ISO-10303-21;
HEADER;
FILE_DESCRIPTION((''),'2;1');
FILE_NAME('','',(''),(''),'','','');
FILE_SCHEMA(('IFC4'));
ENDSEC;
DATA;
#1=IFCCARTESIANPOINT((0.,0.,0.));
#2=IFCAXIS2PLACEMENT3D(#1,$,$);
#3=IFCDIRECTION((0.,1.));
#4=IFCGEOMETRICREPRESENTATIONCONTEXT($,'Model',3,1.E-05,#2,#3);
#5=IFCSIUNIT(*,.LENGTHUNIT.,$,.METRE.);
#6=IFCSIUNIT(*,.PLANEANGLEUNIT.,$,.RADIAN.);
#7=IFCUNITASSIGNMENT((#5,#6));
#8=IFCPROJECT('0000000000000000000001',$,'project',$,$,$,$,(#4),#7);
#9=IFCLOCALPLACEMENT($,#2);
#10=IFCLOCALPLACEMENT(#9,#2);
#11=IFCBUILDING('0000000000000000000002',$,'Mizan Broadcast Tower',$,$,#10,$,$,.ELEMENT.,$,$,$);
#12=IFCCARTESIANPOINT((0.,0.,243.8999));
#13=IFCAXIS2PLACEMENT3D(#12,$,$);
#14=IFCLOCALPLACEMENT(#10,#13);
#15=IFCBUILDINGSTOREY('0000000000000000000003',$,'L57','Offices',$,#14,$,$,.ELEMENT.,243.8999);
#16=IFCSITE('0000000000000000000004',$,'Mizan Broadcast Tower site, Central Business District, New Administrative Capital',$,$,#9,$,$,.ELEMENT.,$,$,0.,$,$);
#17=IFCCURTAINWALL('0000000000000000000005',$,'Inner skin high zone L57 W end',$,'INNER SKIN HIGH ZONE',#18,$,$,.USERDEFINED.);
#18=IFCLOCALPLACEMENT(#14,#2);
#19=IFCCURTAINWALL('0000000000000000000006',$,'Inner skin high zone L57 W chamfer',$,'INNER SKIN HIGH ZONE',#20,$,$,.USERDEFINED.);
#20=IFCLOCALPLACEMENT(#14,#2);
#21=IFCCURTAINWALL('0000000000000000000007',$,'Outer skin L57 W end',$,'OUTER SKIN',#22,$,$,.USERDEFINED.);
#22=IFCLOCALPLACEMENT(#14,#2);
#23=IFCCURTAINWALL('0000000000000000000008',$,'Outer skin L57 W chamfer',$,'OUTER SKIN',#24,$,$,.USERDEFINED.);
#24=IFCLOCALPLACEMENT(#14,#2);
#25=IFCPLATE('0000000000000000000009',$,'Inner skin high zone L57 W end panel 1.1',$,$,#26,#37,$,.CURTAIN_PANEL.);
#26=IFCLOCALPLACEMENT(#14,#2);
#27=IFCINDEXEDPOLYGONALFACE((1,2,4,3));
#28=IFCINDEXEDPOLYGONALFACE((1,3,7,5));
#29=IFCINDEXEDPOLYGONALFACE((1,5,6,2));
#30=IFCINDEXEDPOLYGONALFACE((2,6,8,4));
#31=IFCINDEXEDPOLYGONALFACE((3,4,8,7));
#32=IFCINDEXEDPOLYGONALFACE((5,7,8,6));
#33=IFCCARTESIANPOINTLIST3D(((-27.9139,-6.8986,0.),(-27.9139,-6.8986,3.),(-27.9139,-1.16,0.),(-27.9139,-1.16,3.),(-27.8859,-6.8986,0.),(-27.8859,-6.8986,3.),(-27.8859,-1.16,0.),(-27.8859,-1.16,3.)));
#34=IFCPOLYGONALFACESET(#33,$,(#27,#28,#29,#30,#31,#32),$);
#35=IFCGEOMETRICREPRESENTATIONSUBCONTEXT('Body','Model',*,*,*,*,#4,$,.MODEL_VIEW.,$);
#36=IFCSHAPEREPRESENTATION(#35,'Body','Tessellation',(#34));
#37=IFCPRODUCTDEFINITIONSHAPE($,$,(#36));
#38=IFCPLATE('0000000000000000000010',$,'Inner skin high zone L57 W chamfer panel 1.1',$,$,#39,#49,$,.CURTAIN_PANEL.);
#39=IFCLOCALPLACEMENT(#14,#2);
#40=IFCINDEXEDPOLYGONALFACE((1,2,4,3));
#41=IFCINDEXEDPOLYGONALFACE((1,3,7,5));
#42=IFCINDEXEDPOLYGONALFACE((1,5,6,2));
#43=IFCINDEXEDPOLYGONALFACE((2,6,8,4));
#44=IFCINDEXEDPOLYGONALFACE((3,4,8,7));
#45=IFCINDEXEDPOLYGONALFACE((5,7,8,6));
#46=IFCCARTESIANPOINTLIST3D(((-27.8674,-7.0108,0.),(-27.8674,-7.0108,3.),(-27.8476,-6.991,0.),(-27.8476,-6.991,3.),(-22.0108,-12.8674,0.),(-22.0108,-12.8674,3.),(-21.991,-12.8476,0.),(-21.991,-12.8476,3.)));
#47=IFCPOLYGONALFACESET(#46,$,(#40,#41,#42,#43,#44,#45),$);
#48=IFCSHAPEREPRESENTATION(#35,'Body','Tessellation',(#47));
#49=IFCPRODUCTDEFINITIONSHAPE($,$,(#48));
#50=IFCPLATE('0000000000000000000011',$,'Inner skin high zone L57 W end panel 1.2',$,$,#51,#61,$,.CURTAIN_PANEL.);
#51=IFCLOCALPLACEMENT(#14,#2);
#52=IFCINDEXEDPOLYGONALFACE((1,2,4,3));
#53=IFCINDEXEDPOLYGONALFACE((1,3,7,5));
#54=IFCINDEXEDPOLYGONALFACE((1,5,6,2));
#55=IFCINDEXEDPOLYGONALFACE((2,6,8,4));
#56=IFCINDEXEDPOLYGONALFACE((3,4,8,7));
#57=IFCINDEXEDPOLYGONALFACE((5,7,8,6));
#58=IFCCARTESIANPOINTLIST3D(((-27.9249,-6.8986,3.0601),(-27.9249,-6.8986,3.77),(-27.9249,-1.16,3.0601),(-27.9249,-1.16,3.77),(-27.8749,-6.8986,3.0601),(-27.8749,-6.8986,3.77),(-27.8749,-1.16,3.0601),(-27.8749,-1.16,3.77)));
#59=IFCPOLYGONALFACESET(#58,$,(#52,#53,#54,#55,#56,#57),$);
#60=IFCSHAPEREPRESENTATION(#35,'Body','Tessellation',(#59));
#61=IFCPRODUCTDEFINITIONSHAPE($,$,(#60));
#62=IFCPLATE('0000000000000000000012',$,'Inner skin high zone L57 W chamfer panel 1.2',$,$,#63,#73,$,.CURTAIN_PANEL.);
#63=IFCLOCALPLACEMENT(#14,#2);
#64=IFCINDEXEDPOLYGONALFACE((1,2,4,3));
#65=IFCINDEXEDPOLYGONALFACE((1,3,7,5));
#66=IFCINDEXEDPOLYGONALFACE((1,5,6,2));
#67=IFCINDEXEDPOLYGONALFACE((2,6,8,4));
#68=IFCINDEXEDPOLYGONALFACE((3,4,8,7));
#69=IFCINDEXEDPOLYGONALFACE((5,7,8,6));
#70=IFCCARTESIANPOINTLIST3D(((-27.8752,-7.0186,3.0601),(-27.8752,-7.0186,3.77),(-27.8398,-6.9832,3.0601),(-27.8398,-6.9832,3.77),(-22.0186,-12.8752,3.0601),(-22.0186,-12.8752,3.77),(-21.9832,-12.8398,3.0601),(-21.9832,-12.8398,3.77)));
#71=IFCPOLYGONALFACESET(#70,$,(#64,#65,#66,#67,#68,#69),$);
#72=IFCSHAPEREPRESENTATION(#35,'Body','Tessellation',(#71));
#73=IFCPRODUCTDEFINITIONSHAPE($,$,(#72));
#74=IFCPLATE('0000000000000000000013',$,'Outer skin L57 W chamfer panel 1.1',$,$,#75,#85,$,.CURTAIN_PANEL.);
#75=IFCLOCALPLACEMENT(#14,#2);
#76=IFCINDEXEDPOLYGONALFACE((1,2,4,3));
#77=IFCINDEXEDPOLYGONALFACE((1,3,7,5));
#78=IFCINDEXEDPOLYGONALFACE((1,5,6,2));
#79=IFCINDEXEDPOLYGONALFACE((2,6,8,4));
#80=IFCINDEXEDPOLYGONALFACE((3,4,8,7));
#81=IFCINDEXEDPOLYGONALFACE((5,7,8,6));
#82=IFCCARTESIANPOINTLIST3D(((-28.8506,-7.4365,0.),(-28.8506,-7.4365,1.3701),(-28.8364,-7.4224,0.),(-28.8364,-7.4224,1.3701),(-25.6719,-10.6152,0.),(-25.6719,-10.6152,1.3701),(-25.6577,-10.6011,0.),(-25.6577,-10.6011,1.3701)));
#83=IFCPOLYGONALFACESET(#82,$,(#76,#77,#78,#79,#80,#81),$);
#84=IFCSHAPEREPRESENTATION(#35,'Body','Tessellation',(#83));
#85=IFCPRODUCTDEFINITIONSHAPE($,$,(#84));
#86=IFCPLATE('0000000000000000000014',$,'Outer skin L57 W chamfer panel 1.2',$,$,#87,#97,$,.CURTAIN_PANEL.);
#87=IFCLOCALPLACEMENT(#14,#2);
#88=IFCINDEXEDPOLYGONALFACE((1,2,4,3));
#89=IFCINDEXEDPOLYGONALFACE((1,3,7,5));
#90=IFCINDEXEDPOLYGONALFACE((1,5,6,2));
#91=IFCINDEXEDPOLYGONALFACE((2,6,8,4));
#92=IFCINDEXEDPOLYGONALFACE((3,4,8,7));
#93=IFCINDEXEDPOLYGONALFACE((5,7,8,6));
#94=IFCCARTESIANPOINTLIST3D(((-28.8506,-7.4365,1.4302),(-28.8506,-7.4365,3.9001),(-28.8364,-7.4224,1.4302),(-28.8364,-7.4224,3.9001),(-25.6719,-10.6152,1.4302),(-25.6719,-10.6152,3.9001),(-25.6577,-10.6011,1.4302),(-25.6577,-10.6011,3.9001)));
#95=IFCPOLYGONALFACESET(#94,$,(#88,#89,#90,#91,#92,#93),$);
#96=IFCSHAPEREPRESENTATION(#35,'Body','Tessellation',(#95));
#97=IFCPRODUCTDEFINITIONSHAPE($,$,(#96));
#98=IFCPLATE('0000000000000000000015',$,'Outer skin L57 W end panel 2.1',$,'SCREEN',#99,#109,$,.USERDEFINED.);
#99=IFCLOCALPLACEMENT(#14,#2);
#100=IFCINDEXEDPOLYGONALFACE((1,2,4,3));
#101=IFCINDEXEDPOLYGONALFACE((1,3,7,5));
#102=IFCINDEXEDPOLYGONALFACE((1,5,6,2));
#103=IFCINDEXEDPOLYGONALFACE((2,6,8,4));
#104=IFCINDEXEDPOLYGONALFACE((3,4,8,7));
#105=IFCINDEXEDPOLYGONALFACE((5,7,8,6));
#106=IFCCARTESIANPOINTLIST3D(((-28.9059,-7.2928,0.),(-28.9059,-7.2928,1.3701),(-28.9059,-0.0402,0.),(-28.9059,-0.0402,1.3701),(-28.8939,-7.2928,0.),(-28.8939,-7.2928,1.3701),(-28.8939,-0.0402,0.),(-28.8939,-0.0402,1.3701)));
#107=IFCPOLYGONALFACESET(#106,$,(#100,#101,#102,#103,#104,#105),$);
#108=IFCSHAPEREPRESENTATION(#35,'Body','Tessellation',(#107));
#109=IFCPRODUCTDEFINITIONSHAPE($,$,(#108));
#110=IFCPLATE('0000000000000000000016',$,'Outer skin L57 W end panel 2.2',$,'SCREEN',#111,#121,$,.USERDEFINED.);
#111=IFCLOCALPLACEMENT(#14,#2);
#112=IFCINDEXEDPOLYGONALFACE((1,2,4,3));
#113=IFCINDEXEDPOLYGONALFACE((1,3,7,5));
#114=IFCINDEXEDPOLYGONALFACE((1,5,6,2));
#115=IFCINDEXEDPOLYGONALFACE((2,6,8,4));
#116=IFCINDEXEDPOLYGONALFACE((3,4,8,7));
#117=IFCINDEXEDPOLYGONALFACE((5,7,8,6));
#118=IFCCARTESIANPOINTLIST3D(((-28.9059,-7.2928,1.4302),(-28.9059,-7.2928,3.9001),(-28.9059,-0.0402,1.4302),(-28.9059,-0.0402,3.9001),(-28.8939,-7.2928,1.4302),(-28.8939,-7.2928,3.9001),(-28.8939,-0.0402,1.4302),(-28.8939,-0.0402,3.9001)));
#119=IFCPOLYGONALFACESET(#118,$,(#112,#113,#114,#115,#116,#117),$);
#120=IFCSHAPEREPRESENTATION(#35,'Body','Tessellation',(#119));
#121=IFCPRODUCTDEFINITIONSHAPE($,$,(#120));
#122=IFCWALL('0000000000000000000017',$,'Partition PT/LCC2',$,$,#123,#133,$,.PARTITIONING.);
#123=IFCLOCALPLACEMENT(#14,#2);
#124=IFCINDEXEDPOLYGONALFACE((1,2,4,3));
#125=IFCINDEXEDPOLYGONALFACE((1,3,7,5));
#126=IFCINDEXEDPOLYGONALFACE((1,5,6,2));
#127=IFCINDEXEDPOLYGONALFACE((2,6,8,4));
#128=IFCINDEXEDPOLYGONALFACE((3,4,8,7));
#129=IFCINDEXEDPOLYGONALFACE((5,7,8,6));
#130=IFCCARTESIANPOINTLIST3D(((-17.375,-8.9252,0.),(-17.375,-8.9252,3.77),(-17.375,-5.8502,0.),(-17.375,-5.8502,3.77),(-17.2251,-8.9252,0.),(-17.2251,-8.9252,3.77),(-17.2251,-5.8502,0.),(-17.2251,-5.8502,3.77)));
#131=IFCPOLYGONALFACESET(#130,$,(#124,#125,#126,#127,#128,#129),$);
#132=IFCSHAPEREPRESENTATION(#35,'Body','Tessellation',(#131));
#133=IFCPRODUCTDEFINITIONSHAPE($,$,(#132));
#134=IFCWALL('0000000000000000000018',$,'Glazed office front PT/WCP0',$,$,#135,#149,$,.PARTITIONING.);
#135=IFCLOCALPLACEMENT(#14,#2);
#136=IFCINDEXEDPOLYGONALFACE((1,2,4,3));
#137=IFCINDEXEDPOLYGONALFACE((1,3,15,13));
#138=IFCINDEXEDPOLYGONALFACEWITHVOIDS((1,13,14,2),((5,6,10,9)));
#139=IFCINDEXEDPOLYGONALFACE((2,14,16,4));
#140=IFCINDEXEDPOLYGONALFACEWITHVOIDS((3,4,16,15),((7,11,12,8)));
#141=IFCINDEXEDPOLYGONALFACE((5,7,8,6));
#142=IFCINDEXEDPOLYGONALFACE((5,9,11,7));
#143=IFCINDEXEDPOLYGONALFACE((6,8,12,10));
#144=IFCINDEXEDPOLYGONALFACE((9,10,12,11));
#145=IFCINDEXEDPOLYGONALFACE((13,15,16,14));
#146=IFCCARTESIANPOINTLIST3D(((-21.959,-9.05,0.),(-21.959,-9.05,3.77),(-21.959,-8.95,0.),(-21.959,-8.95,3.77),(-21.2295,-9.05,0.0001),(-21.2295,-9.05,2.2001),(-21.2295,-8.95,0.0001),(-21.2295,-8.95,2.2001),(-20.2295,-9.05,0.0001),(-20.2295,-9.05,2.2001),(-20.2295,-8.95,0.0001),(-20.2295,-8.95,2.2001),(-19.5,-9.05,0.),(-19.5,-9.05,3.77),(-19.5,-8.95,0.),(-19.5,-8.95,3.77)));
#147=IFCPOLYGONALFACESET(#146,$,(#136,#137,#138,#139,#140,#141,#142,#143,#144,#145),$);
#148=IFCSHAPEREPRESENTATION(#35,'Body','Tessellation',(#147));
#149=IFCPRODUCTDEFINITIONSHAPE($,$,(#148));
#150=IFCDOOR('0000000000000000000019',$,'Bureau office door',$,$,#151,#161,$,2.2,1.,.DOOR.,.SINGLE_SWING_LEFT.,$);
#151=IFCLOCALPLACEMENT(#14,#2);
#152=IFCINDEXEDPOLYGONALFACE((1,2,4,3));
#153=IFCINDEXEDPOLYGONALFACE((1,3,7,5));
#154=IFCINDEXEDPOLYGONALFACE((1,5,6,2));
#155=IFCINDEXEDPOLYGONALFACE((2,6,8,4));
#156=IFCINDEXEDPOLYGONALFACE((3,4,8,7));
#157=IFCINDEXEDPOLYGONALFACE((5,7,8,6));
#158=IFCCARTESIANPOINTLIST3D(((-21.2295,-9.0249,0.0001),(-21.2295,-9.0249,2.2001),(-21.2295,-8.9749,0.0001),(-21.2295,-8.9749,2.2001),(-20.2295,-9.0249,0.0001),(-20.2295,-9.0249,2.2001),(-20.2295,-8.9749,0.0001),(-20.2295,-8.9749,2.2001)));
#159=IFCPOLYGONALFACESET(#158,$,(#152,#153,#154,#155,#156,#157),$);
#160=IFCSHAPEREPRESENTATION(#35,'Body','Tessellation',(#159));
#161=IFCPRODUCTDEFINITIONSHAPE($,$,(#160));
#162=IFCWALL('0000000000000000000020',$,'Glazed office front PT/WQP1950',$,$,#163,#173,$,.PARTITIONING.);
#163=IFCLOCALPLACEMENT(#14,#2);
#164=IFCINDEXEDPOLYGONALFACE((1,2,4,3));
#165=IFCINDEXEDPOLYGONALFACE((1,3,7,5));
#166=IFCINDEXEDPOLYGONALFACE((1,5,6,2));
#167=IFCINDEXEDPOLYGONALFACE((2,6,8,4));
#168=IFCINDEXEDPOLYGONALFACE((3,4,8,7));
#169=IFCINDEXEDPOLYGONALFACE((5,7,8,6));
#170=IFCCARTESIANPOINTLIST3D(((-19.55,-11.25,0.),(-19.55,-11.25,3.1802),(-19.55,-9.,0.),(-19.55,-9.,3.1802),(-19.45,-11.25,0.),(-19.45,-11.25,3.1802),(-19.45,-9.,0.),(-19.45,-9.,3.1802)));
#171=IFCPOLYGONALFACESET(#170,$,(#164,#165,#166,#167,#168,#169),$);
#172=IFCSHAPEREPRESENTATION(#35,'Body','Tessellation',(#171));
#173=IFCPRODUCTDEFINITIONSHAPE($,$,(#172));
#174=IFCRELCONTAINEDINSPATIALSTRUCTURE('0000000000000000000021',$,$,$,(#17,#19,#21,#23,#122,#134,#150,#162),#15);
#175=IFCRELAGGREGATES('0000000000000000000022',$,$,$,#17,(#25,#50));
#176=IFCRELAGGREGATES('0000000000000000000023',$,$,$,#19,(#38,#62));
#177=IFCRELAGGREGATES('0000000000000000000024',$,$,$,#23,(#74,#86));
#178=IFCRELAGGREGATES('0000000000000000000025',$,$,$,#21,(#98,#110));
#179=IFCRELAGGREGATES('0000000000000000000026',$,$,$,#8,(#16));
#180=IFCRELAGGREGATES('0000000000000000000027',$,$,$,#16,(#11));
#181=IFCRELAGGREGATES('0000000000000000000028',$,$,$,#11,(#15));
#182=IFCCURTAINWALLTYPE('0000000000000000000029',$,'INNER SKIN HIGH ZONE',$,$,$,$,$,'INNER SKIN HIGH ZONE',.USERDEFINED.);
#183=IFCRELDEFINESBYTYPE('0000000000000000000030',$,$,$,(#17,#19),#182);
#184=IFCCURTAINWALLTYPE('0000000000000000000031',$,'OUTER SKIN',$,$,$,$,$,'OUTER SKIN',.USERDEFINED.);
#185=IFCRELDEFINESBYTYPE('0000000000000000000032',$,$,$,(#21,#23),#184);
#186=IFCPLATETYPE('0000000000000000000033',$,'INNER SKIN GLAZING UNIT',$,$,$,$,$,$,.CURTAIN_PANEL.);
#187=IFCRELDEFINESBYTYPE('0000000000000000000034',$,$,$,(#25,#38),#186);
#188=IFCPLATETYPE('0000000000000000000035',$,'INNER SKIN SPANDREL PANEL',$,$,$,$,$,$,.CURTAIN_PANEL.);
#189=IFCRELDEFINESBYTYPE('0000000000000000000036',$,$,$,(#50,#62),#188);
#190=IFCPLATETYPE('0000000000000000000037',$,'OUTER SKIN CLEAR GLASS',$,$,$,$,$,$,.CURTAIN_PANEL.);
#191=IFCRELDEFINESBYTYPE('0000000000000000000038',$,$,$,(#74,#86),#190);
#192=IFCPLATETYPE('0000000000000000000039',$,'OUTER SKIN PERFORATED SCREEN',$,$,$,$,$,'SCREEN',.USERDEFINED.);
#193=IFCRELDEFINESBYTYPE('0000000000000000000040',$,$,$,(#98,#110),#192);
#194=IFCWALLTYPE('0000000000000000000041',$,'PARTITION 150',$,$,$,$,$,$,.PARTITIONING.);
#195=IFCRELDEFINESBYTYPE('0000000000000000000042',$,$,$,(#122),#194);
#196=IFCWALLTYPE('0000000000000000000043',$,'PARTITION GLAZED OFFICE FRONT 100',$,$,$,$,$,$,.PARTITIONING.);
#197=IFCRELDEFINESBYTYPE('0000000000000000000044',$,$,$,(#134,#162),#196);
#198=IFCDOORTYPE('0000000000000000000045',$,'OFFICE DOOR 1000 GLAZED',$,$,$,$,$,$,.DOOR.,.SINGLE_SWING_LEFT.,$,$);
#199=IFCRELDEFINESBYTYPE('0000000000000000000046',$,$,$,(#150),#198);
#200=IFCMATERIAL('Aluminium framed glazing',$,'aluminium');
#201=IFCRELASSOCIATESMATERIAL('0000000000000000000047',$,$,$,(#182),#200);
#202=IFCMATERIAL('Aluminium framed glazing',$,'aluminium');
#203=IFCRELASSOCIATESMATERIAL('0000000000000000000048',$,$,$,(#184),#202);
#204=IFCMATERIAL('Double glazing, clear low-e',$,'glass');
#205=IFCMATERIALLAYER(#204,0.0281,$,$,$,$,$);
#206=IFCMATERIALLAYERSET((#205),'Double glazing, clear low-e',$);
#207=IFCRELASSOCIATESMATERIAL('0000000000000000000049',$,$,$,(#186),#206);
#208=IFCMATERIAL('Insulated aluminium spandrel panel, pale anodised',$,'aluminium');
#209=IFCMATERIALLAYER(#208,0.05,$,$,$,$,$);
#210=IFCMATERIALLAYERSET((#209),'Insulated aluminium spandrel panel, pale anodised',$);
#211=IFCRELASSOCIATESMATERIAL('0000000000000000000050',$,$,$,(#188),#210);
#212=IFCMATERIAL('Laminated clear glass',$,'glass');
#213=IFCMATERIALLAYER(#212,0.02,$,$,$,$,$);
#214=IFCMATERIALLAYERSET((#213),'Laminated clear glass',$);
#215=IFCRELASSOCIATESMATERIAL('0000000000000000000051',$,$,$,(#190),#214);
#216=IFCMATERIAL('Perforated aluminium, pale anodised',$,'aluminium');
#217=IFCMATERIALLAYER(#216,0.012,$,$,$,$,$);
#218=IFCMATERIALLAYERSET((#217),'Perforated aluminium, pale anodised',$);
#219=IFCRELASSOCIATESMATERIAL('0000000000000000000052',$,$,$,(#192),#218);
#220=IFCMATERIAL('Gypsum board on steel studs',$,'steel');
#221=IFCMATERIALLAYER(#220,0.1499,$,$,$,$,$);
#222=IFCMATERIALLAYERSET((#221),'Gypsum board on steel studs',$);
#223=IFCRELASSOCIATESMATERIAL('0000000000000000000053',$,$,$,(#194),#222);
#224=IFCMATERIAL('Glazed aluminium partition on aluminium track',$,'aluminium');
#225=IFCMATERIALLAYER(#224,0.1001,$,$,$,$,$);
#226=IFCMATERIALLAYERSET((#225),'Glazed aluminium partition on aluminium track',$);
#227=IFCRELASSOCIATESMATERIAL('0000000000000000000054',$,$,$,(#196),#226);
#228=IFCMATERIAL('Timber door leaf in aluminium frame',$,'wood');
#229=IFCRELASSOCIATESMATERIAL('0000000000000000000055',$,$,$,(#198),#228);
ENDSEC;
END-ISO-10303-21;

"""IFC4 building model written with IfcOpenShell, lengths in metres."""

from ifc_helpers import new_model, si_unit, direction, frame, frame_2d, origin, origin_2d, place, context, subcontext, project, spatial, rectangle, extrude, material, layer, layer_set, type_object, element, fill, aggregate, save


model = new_model("IFC4")

# Units and contexts
model_context = context("Model", 3, precision=1e-05, world=origin(), true_north=direction((0.0, 1.0)))
body_context = subcontext(model_context, "Body", "Model", "MODEL_VIEW")
ifc_project = project(units=[si_unit("LENGTHUNIT", "METRE"), si_unit("PLANEANGLEUNIT", "RADIAN")], contexts=[model_context])

# Site, building, storey
site_placement = place(None, origin())
site = spatial("IfcSite", under=ifc_project, at=site_placement, Name="Mizan Broadcast Tower site, Central Business District, New Administrative Capital", CompositionType="ELEMENT", RefElevation=0.0)
building_placement = place(site_placement, origin())
building = spatial("IfcBuilding", under=site, at=building_placement, Name="Mizan Broadcast Tower", CompositionType="ELEMENT")
storey_placement = place(building_placement, frame((0.0, 0.0, 243.8999)))
storey = spatial("IfcBuildingStorey", under=building, at=storey_placement, Name="L57", Description="Offices", CompositionType="ELEMENT", Elevation=243.8999)

# Curtain wall
ifc_material_1 = material(Name="Aluminium framed glazing", Category="aluminium")
curtain_wall_type_1 = type_object("IfcCurtainWallType", Name="INNER SKIN HIGH ZONE", ElementType="INNER SKIN HIGH ZONE", PredefinedType="USERDEFINED", material=ifc_material_1)
curtain_wall_1_placement = place(storey_placement, origin())
curtain_wall_1 = element("IfcCurtainWall", 1, at=curtain_wall_1_placement, inside=storey, type_object=curtain_wall_type_1, Name="Inner skin high zone L57 W end", ObjectType="INNER SKIN HIGH ZONE", PredefinedType="USERDEFINED")

# Curtain wall
curtain_wall_2_placement = place(storey_placement, origin())
curtain_wall_2 = element("IfcCurtainWall", 2, at=curtain_wall_2_placement, inside=storey, type_object=curtain_wall_type_1, Name="Inner skin high zone L57 W chamfer", ObjectType="INNER SKIN HIGH ZONE", PredefinedType="USERDEFINED")

# Curtain wall
ifc_material_2 = material(Name="Aluminium framed glazing", Category="aluminium")
curtain_wall_type_2 = type_object("IfcCurtainWallType", Name="OUTER SKIN", ElementType="OUTER SKIN", PredefinedType="USERDEFINED", material=ifc_material_2)
curtain_wall_3_placement = place(storey_placement, origin())
curtain_wall_3 = element("IfcCurtainWall", 3, at=curtain_wall_3_placement, inside=storey, type_object=curtain_wall_type_2, Name="Outer skin L57 W end", ObjectType="OUTER SKIN", PredefinedType="USERDEFINED")

# Curtain wall
curtain_wall_4_placement = place(storey_placement, origin())
curtain_wall_4 = element("IfcCurtainWall", 4, at=curtain_wall_4_placement, inside=storey, type_object=curtain_wall_type_2, Name="Outer skin L57 W chamfer", ObjectType="OUTER SKIN", PredefinedType="USERDEFINED")

# Plates
ifc_material_3 = material(Name="Double glazing, clear low-e", Category="glass")
ifc_layer_1 = layer(ifc_material_3, 0.0281)
ifc_layer_set_1 = layer_set([ifc_layer_1], Name="Double glazing, clear low-e")
plate_type_1 = type_object("IfcPlateType", Name="INNER SKIN GLAZING UNIT", PredefinedType="CURTAIN_PANEL", material=ifc_layer_set_1)
plate_1_placement = place(storey_placement, frame((-27.8999, -4.0293, 0.0), z_axis=(0.0, 0.0, 1.0), x_axis=(0.0, -1.0, 0.0)))
plate_1 = element("IfcPlate", 5, at=plate_1_placement, type_object=plate_type_1, Name="Inner skin high zone L57 W end panel 1.1", PredefinedType="CURTAIN_PANEL", context=body_context, shape_type="SweptSolid", body=[
    extrude(rectangle(XDim=5.7385, YDim=0.0281, at=origin_2d()), origin(), (0.0, 0.0, 1.0), 3.0),
])
plate_2_placement = place(storey_placement, frame((-24.9292, -9.9292, 0.0), z_axis=(0.0, 0.0, 1.0), x_axis=(0.707107, -0.707107, 0.0)))
plate_2 = element("IfcPlate", 6, at=plate_2_placement, type_object=plate_type_1, Name="Inner skin high zone L57 W chamfer panel 1.1", PredefinedType="CURTAIN_PANEL", context=body_context, shape_type="SweptSolid", body=[
    extrude(rectangle(XDim=8.2825, YDim=0.0281, at=origin_2d()), origin(), (0.0, 0.0, 1.0), 3.0),
])
ifc_material_4 = material(Name="Insulated aluminium spandrel panel, pale anodised", Category="aluminium")
ifc_layer_2 = layer(ifc_material_4, 0.05)
ifc_layer_set_2 = layer_set([ifc_layer_2], Name="Insulated aluminium spandrel panel, pale anodised")
plate_type_2 = type_object("IfcPlateType", Name="INNER SKIN SPANDREL PANEL", PredefinedType="CURTAIN_PANEL", material=ifc_layer_set_2)
plate_3_placement = place(storey_placement, frame((-27.8999, -4.0293, 3.0601), z_axis=(0.0, 0.0, 1.0), x_axis=(0.0, -1.0, 0.0)))
plate_3 = element("IfcPlate", 7, at=plate_3_placement, type_object=plate_type_2, Name="Inner skin high zone L57 W end panel 1.2", PredefinedType="CURTAIN_PANEL", context=body_context, shape_type="SweptSolid", body=[
    extrude(rectangle(XDim=5.7385, YDim=0.05, at=origin_2d()), origin(), (0.0, 0.0, 1.0), 0.71),
])
aggregate(curtain_wall_1, [plate_1, plate_3])
plate_4_placement = place(storey_placement, frame((-24.9292, -9.9292, 3.0601), z_axis=(0.0, 0.0, 1.0), x_axis=(0.707107, -0.707107, 0.0)))
plate_4 = element("IfcPlate", 8, at=plate_4_placement, type_object=plate_type_2, Name="Inner skin high zone L57 W chamfer panel 1.2", PredefinedType="CURTAIN_PANEL", context=body_context, shape_type="SweptSolid", body=[
    extrude(rectangle(XDim=8.2825, YDim=0.05, at=origin_2d()), origin(), (0.0, 0.0, 1.0), 0.71),
])
aggregate(curtain_wall_2, [plate_2, plate_4])
ifc_material_5 = material(Name="Laminated clear glass", Category="glass")
ifc_layer_3 = layer(ifc_material_5, 0.02)
ifc_layer_set_3 = layer_set([ifc_layer_3], Name="Laminated clear glass")
plate_type_3 = type_object("IfcPlateType", Name="OUTER SKIN CLEAR GLASS", PredefinedType="CURTAIN_PANEL", material=ifc_layer_set_3)
plate_5_placement = place(storey_placement, frame((-27.2542, -9.0188, 0.0), z_axis=(0.0, 0.0, 1.0), x_axis=(0.707107, -0.707107, 0.0)))
plate_5 = element("IfcPlate", 9, at=plate_5_placement, type_object=plate_type_3, Name="Outer skin L57 W chamfer panel 1.1", PredefinedType="CURTAIN_PANEL", context=body_context, shape_type="SweptSolid", body=[
    extrude(rectangle(XDim=4.4954, YDim=0.02, at=origin_2d()), origin(), (0.0, 0.0, 1.0), 1.3701),
])
plate_6_placement = place(storey_placement, frame((-27.2542, -9.0188, 1.4302), z_axis=(0.0, 0.0, 1.0), x_axis=(0.707107, -0.707107, 0.0)))
plate_6 = element("IfcPlate", 10, at=plate_6_placement, type_object=plate_type_3, Name="Outer skin L57 W chamfer panel 1.2", PredefinedType="CURTAIN_PANEL", context=body_context, shape_type="SweptSolid", body=[
    extrude(rectangle(XDim=4.4954, YDim=0.02, at=origin_2d()), origin(), (0.0, 0.0, 1.0), 2.47),
])
aggregate(curtain_wall_4, [plate_5, plate_6])
ifc_material_6 = material(Name="Perforated aluminium, pale anodised", Category="aluminium")
ifc_layer_4 = layer(ifc_material_6, 0.012)
ifc_layer_set_4 = layer_set([ifc_layer_4], Name="Perforated aluminium, pale anodised")
plate_type_4 = type_object("IfcPlateType", Name="OUTER SKIN PERFORATED SCREEN", ElementType="SCREEN", PredefinedType="USERDEFINED", material=ifc_layer_set_4)
plate_7_placement = place(storey_placement, frame((-28.8999, -3.6665, 0.0), z_axis=(0.0, 0.0, 1.0), x_axis=(0.0, -1.0, 0.0)))
plate_7 = element("IfcPlate", 11, at=plate_7_placement, type_object=plate_type_4, Name="Outer skin L57 W end panel 2.1", ObjectType="SCREEN", PredefinedType="USERDEFINED", context=body_context, shape_type="SweptSolid", body=[
    extrude(rectangle(XDim=7.2527, YDim=0.012, at=origin_2d()), origin(), (0.0, 0.0, 1.0), 1.3701),
])
plate_8_placement = place(storey_placement, frame((-28.8999, -3.6665, 1.4302), z_axis=(0.0, 0.0, 1.0), x_axis=(0.0, -1.0, 0.0)))
plate_8 = element("IfcPlate", 12, at=plate_8_placement, type_object=plate_type_4, Name="Outer skin L57 W end panel 2.2", ObjectType="SCREEN", PredefinedType="USERDEFINED", context=body_context, shape_type="SweptSolid", body=[
    extrude(rectangle(XDim=7.2527, YDim=0.012, at=origin_2d()), origin(), (0.0, 0.0, 1.0), 2.47),
])
aggregate(curtain_wall_3, [plate_7, plate_8])

# Wall
ifc_material_7 = material(Name="Gypsum board on steel studs", Category="steel")
ifc_layer_5 = layer(ifc_material_7, 0.1499)
ifc_layer_set_5 = layer_set([ifc_layer_5], Name="Gypsum board on steel studs")
wall_type_1 = type_object("IfcWallType", Name="PARTITION 150", PredefinedType="PARTITIONING", material=ifc_layer_set_5)
wall_1_placement = place(storey_placement, frame((-17.3, -5.8501, 0.0), z_axis=(0.0, 0.0, 1.0), x_axis=(0.0, -1.0, 0.0)))
element("IfcWall", 13, at=wall_1_placement, inside=storey, type_object=wall_type_1, Name="Partition PT/LCC2", PredefinedType="PARTITIONING", context=body_context, shape_type="SweptSolid", body=[
    extrude(rectangle(XDim=3.075, YDim=0.1499, at=frame_2d((1.5376, 0.0))), origin(), (0.0, 0.0, 1.0), 3.77),
])

# Wall, opening, door
ifc_material_8 = material(Name="Glazed aluminium partition on aluminium track", Category="aluminium")
ifc_layer_6 = layer(ifc_material_8, 0.1001)
ifc_layer_set_6 = layer_set([ifc_layer_6], Name="Glazed aluminium partition on aluminium track")
wall_type_2 = type_object("IfcWallType", Name="PARTITION GLAZED OFFICE FRONT 100", PredefinedType="PARTITIONING", material=ifc_layer_set_6)
wall_2_placement = place(storey_placement, frame((-19.5, -9.0, 0.0), z_axis=(0.0, 0.0, 1.0), x_axis=(-1.0, 0.0, 0.0)))
wall_2 = element("IfcWall", 14, at=wall_2_placement, inside=storey, type_object=wall_type_2, Name="Glazed office front PT/WCP0", PredefinedType="PARTITIONING", context=body_context, shape_type="SweptSolid", body=[
    extrude(rectangle(XDim=2.459, YDim=0.1001, at=frame_2d((1.2295, 0.0))), origin(), (0.0, 0.0, 1.0), 3.77),
])
opening_placement = place(wall_2_placement, frame((0.7295, 0.0, 0.0)))
opening = element("IfcOpeningElement", 15, at=opening_placement, cuts=wall_2, PredefinedType="OPENING", context=body_context, shape_type="SweptSolid", body=[
    extrude(rectangle(XDim=1.0, YDim=2.2, at=frame_2d((0.5, 1.1001))), frame((0.0, 0.0601, 0.0), z_axis=(0.0, -1.0, 0.0), x_axis=(1.0, 0.0, 0.0)), (0.0, 0.0, 1.0), 0.1201),
])
ifc_material_9 = material(Name="Timber door leaf in aluminium frame", Category="wood")
door_type = type_object("IfcDoorType", Name="OFFICE DOOR 1000 GLAZED", OperationType="SINGLE_SWING_LEFT", PredefinedType="DOOR", material=ifc_material_9)
door_placement = place(opening_placement, origin())
door = element("IfcDoor", 16, at=door_placement, inside=storey, type_object=door_type, Name="Bureau office door", OperationType="SINGLE_SWING_LEFT", OverallHeight=2.2, OverallWidth=1.0, PredefinedType="DOOR", context=body_context, shape_type="SweptSolid", body=[
    extrude(rectangle(XDim=1.0, YDim=2.2, at=frame_2d((0.5, 1.1001))), frame((0.0, 0.0249, 0.0), z_axis=(0.0, -1.0, 0.0), x_axis=(1.0, 0.0, 0.0)), (0.0, 0.0, 1.0), 0.05),
])
fill(opening, door)

# Wall
wall_3_placement = place(storey_placement, frame((-19.5, -9.0, 0.0), z_axis=(0.0, 0.0, 1.0), x_axis=(0.0, -1.0, 0.0)))
element("IfcWall", 17, at=wall_3_placement, inside=storey, type_object=wall_type_2, Name="Glazed office front PT/WQP1950", PredefinedType="PARTITIONING", context=body_context, shape_type="SweptSolid", body=[
    extrude(rectangle(XDim=2.25, YDim=0.1001, at=frame_2d((1.125, 0.0))), origin(), (0.0, 0.0, 1.0), 3.1802),
])

save(model, "model.ifc")
